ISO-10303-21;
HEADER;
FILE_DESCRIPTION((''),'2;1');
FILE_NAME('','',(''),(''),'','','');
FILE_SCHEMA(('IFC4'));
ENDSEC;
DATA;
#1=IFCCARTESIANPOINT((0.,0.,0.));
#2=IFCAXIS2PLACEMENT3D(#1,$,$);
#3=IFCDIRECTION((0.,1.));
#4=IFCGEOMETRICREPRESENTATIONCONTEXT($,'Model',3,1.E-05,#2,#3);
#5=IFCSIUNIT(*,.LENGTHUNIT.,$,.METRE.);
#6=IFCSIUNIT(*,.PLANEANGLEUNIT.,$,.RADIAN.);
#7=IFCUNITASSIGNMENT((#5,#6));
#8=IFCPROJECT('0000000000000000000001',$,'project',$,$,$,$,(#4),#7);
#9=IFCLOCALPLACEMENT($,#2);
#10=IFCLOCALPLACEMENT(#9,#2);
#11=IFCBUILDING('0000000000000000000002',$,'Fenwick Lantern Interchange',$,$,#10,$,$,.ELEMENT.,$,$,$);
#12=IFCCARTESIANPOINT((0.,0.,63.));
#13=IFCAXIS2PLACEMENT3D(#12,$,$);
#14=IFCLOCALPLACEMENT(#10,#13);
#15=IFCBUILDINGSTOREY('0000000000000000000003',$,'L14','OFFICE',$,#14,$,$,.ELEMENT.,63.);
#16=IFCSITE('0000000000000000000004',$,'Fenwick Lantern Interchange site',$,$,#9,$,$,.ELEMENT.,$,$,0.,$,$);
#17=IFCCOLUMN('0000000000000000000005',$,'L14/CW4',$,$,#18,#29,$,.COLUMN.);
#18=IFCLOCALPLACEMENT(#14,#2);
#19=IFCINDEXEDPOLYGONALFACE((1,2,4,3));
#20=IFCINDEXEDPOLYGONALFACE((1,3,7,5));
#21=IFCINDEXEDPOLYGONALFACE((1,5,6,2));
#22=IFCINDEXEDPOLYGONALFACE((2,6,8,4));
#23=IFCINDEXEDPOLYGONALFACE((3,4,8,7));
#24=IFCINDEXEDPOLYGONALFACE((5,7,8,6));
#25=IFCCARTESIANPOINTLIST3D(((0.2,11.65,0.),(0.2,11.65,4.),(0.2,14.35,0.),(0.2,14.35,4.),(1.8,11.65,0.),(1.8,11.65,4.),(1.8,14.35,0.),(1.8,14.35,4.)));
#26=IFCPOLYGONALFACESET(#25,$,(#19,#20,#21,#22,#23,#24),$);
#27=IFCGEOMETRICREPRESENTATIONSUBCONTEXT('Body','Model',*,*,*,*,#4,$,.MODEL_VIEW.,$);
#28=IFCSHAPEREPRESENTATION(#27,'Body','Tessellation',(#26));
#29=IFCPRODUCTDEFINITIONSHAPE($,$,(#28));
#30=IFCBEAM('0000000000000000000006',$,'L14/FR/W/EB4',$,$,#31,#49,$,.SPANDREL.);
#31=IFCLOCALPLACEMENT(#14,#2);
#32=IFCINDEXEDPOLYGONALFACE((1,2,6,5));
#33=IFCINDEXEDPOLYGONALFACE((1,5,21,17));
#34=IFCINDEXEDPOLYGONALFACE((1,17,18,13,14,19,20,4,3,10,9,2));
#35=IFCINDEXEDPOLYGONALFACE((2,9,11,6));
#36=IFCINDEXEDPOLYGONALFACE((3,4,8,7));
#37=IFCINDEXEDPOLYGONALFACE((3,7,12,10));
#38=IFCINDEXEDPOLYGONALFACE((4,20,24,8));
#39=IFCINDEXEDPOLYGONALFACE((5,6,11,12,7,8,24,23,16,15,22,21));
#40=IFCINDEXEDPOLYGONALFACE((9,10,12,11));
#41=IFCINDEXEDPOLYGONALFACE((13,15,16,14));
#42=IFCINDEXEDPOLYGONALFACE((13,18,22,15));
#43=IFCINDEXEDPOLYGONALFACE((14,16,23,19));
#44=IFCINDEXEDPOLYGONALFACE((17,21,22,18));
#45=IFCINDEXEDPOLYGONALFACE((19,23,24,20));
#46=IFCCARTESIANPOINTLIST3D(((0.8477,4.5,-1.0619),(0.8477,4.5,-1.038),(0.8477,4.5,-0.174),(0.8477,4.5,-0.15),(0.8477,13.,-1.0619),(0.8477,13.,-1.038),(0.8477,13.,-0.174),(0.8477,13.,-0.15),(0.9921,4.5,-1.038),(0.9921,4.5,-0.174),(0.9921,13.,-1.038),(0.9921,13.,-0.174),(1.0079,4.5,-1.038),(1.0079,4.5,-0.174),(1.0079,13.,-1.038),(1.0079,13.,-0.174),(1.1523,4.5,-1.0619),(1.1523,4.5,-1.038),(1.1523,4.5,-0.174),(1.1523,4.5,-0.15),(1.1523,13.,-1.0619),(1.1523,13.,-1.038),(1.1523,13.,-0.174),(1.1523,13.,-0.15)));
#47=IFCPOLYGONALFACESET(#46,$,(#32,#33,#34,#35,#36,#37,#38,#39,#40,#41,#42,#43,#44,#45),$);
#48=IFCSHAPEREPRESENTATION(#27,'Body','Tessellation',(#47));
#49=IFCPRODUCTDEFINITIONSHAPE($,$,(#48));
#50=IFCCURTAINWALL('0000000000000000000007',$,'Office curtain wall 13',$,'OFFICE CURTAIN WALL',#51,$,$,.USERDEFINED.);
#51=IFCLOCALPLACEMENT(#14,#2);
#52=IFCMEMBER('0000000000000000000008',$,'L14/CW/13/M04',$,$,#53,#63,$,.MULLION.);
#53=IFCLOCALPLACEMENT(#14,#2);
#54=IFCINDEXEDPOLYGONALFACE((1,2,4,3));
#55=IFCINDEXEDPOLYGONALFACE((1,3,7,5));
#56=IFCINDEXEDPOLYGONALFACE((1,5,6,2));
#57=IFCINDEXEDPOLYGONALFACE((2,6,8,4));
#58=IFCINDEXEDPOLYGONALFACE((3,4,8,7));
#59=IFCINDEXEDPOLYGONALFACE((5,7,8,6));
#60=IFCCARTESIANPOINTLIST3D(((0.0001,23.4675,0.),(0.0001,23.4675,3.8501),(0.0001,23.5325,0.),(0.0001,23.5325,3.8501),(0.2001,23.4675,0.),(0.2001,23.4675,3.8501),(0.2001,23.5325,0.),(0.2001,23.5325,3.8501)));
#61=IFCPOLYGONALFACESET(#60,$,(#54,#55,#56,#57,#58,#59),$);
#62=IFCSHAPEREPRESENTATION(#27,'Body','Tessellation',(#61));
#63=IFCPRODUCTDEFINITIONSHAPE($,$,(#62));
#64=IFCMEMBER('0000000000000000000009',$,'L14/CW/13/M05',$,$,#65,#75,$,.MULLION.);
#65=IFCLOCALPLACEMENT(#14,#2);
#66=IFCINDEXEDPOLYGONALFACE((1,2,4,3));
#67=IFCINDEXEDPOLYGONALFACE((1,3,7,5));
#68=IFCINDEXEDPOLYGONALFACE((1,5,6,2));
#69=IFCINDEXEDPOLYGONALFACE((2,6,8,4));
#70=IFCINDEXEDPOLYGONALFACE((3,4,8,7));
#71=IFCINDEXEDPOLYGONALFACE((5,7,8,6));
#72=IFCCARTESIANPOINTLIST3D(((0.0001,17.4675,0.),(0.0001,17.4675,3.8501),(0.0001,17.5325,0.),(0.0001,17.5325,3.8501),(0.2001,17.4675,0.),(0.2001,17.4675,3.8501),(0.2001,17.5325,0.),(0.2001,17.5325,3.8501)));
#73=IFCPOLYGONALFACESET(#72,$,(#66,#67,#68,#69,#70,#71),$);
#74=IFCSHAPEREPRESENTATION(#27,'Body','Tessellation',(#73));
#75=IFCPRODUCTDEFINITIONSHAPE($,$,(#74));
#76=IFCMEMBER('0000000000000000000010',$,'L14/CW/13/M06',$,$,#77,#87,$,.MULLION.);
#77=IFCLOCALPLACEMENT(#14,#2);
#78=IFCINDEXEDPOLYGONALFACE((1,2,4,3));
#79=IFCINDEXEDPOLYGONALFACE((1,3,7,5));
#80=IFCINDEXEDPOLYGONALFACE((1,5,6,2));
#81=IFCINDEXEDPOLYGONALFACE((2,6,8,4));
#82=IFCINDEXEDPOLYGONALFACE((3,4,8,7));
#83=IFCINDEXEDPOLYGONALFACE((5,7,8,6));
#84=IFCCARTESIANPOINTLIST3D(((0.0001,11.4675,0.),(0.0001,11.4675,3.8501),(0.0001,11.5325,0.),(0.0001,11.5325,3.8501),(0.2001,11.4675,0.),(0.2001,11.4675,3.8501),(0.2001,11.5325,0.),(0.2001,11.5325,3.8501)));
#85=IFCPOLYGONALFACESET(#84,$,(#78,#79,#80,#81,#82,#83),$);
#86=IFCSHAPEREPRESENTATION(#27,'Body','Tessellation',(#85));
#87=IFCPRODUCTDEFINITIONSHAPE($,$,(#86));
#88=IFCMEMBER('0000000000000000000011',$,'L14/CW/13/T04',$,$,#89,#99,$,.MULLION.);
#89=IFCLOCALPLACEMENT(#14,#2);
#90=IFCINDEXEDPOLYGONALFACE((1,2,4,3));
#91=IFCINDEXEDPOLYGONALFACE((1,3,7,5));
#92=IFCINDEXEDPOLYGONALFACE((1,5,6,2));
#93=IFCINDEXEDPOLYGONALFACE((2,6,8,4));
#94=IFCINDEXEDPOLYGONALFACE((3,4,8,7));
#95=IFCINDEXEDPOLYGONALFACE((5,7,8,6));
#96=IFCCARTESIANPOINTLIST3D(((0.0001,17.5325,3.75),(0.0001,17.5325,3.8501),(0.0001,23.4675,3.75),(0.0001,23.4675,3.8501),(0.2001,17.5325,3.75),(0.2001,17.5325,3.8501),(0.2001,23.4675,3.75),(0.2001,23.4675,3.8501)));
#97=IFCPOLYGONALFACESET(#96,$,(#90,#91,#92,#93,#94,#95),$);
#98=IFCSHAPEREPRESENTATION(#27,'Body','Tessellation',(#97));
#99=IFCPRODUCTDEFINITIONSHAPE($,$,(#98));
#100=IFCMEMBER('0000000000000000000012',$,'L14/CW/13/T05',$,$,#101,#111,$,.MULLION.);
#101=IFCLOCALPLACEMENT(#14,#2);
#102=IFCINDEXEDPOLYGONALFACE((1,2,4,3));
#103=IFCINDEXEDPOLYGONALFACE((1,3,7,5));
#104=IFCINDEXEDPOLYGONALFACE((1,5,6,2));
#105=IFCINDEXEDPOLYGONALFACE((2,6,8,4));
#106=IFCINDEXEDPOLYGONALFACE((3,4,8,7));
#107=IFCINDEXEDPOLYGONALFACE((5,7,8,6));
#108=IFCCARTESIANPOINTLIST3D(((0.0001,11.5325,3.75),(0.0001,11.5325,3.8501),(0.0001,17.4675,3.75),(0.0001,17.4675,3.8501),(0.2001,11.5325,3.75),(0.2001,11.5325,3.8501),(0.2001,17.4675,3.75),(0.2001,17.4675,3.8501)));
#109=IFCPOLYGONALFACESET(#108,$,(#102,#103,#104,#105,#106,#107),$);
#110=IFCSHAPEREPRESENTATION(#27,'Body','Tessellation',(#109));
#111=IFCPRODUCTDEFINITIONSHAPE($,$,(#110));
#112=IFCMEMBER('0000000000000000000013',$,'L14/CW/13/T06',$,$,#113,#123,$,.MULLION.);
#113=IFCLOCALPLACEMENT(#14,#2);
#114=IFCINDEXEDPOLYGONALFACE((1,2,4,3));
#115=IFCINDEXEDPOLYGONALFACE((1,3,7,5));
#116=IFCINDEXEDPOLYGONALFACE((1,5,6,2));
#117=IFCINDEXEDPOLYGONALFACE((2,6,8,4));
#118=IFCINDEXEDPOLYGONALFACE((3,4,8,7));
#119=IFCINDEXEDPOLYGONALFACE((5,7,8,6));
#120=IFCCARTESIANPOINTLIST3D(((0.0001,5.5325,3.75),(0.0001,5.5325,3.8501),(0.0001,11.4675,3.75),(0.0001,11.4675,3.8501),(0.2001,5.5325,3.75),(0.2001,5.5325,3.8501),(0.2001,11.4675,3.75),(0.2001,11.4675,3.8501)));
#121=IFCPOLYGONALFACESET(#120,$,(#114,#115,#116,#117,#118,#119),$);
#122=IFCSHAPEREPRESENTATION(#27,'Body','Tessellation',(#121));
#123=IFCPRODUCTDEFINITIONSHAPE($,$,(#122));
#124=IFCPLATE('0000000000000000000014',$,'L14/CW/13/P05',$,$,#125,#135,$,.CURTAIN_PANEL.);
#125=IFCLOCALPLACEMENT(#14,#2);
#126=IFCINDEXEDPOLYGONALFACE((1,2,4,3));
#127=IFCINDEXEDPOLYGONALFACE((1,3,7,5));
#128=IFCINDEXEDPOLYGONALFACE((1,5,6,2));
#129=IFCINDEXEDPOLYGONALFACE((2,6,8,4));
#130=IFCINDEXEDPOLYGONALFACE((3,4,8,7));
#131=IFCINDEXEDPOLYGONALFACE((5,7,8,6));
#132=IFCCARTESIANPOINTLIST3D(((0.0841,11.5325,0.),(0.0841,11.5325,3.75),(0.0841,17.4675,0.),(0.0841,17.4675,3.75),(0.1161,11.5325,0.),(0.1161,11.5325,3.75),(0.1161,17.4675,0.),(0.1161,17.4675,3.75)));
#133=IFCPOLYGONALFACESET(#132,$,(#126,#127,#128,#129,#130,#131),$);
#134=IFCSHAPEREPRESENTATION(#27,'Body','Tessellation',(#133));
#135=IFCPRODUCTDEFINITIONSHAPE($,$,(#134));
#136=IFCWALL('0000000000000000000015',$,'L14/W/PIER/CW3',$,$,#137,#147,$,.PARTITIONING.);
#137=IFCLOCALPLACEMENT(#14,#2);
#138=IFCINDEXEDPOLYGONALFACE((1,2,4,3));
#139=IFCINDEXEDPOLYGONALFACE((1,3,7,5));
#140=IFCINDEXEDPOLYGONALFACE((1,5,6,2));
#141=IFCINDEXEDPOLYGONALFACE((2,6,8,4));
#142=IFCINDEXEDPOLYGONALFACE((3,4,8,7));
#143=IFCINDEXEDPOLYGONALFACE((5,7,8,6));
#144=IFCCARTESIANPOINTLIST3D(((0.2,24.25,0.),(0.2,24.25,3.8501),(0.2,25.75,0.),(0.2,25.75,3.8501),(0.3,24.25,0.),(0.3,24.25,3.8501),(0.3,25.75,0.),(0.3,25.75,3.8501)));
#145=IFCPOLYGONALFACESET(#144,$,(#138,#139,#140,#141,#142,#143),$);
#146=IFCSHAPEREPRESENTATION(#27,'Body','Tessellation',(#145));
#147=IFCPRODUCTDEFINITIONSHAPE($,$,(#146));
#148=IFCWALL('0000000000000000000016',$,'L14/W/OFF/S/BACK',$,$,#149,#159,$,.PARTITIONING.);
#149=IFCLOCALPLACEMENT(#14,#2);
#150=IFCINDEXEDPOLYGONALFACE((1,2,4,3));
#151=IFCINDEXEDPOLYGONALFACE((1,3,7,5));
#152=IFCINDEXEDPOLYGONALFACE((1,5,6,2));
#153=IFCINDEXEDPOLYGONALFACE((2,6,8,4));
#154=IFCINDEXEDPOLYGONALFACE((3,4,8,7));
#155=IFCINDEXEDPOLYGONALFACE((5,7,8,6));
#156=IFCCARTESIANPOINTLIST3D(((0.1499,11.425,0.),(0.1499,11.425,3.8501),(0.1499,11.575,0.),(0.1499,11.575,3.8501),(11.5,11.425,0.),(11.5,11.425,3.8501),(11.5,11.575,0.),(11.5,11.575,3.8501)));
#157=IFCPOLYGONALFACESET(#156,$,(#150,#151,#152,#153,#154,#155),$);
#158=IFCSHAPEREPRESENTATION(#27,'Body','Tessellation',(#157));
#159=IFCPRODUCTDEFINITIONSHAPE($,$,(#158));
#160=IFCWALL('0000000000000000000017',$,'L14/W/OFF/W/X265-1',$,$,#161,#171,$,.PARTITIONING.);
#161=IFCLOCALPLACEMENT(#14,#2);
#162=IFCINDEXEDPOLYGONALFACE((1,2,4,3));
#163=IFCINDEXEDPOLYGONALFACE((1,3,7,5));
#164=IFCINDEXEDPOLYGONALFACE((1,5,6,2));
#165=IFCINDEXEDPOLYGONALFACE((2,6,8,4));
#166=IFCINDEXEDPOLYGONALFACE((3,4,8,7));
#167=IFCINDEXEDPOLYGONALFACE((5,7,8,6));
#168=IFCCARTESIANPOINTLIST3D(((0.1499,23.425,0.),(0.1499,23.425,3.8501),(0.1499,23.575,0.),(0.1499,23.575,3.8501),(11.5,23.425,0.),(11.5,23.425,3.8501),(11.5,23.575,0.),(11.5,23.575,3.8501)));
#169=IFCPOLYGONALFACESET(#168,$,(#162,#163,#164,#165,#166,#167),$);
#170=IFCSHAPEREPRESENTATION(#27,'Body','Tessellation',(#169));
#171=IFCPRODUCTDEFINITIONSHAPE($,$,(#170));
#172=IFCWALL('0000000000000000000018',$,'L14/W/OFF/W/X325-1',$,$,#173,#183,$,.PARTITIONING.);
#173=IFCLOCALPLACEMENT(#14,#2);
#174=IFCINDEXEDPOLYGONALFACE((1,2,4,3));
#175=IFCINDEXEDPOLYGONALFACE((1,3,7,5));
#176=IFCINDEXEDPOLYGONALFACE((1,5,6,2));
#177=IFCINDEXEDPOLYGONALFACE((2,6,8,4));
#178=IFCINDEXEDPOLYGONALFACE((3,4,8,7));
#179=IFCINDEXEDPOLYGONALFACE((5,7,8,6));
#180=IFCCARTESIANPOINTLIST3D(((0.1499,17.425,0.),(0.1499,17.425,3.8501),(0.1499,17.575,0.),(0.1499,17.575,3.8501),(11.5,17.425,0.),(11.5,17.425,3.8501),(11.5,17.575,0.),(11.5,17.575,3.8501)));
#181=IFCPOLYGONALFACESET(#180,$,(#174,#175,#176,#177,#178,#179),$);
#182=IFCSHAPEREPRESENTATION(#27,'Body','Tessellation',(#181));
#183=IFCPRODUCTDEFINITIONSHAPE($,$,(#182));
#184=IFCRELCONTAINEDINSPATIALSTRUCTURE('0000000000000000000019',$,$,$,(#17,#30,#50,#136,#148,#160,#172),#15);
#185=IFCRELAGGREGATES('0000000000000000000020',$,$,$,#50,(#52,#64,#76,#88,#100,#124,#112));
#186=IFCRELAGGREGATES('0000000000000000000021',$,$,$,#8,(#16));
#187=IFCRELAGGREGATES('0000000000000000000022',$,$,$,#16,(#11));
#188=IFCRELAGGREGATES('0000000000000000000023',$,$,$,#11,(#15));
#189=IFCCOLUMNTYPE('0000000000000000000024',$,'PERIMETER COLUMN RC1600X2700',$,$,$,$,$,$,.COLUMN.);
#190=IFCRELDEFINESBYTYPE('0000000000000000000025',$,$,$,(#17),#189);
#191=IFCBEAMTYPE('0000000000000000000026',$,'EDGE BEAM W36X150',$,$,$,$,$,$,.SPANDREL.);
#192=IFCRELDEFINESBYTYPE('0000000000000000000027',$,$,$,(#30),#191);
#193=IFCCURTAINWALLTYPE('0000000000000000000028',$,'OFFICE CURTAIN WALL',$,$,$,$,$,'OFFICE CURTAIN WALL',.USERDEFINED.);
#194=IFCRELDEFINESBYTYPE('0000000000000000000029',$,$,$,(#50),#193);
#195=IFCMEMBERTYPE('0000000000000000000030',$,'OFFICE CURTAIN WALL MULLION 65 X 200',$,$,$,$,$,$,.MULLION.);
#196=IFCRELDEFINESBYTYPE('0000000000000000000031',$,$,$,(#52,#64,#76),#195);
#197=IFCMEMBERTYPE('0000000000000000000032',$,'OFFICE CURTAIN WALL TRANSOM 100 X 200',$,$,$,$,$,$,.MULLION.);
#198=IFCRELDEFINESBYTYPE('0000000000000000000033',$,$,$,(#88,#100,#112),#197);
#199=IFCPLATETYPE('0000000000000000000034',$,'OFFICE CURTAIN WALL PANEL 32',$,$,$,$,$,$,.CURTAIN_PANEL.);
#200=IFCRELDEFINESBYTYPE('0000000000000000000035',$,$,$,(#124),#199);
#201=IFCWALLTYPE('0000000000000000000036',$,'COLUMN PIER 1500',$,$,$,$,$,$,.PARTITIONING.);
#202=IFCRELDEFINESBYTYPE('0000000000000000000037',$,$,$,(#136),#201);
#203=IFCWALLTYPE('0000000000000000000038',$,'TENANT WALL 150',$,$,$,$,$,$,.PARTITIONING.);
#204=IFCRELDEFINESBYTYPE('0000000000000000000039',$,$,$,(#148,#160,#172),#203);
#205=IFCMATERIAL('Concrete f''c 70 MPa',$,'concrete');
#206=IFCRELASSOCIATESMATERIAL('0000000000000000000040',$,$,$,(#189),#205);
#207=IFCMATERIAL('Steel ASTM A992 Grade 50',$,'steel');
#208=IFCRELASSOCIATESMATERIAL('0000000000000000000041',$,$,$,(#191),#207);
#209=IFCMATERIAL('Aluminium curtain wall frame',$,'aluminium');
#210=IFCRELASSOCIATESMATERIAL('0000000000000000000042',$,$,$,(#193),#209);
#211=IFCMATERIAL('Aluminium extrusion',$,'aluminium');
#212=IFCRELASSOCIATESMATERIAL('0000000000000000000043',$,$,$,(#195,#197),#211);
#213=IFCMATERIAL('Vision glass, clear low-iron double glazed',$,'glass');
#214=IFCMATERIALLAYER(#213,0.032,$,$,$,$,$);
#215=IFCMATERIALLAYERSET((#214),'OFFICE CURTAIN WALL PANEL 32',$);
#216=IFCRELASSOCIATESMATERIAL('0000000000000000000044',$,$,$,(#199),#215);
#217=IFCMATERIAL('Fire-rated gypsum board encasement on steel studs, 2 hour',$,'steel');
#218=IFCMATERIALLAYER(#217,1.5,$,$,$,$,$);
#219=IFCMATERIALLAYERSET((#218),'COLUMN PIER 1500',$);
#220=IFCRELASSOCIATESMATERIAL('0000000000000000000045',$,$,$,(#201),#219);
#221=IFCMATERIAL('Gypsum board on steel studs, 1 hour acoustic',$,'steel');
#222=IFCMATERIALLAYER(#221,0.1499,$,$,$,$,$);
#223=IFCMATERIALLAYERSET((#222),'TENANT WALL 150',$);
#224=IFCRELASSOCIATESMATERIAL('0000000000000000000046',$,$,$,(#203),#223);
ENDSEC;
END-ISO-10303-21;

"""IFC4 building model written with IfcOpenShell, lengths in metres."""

from ifc_helpers import new_model, si_unit, direction, frame, frame_2d, origin, origin_2d, place, context, subcontext, project, spatial, rectangle, i_section, extrude, material, layer, layer_set, material_profile, profile_set, type_object, element, aggregate, save


model = new_model("IFC4")

# Units and contexts
model_context = context("Model", 3, precision=1e-05, world=origin(), true_north=direction((0.0, 1.0)))
body_context = subcontext(model_context, "Body", "Model", "MODEL_VIEW")
ifc_project = project(units=[si_unit("LENGTHUNIT", "METRE"), si_unit("PLANEANGLEUNIT", "RADIAN")], contexts=[model_context])

# Site, building, storey
site_placement = place(None, origin())
site = spatial("IfcSite", under=ifc_project, at=site_placement, Name="Fenwick Lantern Interchange site", CompositionType="ELEMENT", RefElevation=0.0)
building_placement = place(site_placement, origin())
building = spatial("IfcBuilding", under=site, at=building_placement, Name="Fenwick Lantern Interchange", CompositionType="ELEMENT")
storey_placement = place(building_placement, frame((0.0, 0.0, 63.0)))
storey = spatial("IfcBuildingStorey", under=building, at=storey_placement, Name="L14", Description="OFFICE", CompositionType="ELEMENT", Elevation=63.0)

# Column
ifc_material_1 = material(Name="Concrete f'c 70 MPa", Category="concrete")
ifc_material_profile_1 = material_profile(ifc_material_1, rectangle(XDim=1.6001, YDim=2.7, at=origin_2d()), Name="RC1600X2700")
ifc_profile_set_1 = profile_set([ifc_material_profile_1], Name="Concrete f'c 70 MPa")
column_type = type_object("IfcColumnType", Name="PERIMETER COLUMN RC1600X2700", PredefinedType="COLUMN", material=ifc_profile_set_1)
column_placement = place(storey_placement, frame((1.0, 13.0, 0.0), z_axis=(0.0, 0.0, 1.0), x_axis=(1.0, 0.0, 0.0)))
element("IfcColumn", 1, at=column_placement, inside=storey, type_object=column_type, Name="L14/CW4", PredefinedType="COLUMN", context=body_context, shape_type="SweptSolid", body=[
    extrude(rectangle(XDim=1.6001, YDim=2.7, at=origin_2d()), origin(), (0.0, 0.0, 1.0), 4.0),
])

# Beam
ifc_material_2 = material(Name="Steel ASTM A992 Grade 50", Category="steel")
ifc_material_profile_2 = material_profile(ifc_material_2, i_section(OverallWidth=0.3047, OverallDepth=0.9119, WebThickness=0.0159, FlangeThickness=0.0239, at=origin_2d()), Name="W36X150")
ifc_profile_set_2 = profile_set([ifc_material_profile_2], Name="Steel ASTM A992 Grade 50")
beam_type = type_object("IfcBeamType", Name="EDGE BEAM W36X150", PredefinedType="SPANDREL", material=ifc_profile_set_2)
beam_placement = place(storey_placement, frame((1.0, 13.0, -0.606), z_axis=(0.0, -1.0, 0.0), x_axis=(1.0, 0.0, 0.0)))
element("IfcBeam", 2, at=beam_placement, inside=storey, type_object=beam_type, Name="L14/FR/W/EB4", PredefinedType="SPANDREL", context=body_context, shape_type="SweptSolid", body=[
    extrude(i_section(OverallWidth=0.3047, OverallDepth=0.9119, WebThickness=0.0159, FlangeThickness=0.0239, at=origin_2d()), origin(), (0.0, 0.0, 1.0), 8.5),
])

# Curtain wall, members, plate
ifc_material_3 = material(Name="Aluminium curtain wall frame", Category="aluminium")
curtain_wall_type = type_object("IfcCurtainWallType", Name="OFFICE CURTAIN WALL", ElementType="OFFICE CURTAIN WALL", PredefinedType="USERDEFINED", material=ifc_material_3)
curtain_wall_placement = place(storey_placement, origin())
curtain_wall = element("IfcCurtainWall", 3, at=curtain_wall_placement, inside=storey, type_object=curtain_wall_type, Name="Office curtain wall 13", ObjectType="OFFICE CURTAIN WALL", PredefinedType="USERDEFINED")
ifc_material_4 = material(Name="Aluminium extrusion", Category="aluminium")
ifc_material_profile_3 = material_profile(ifc_material_4, rectangle(XDim=0.2, YDim=0.0649, at=origin_2d()), Name="OFFICE CURTAIN WALL MULLION 65 X 200")
ifc_profile_set_3 = profile_set([ifc_material_profile_3], Name="Aluminium extrusion")
member_type_1 = type_object("IfcMemberType", Name="OFFICE CURTAIN WALL MULLION 65 X 200", PredefinedType="MULLION", material=ifc_profile_set_3)
member_1_placement = place(storey_placement, frame((0.1001, 23.5, 0.0), z_axis=(0.0, 0.0, 1.0), x_axis=(1.0, 0.0, 0.0)))
member_1 = element("IfcMember", 4, at=member_1_placement, type_object=member_type_1, Name="L14/CW/13/M04", PredefinedType="MULLION", context=body_context, shape_type="SweptSolid", body=[
    extrude(rectangle(XDim=0.2, YDim=0.0649, at=origin_2d()), origin(), (0.0, 0.0, 1.0), 3.8501),
])
member_2_placement = place(storey_placement, frame((0.1001, 17.5, 0.0), z_axis=(0.0, 0.0, 1.0), x_axis=(1.0, 0.0, 0.0)))
member_2 = element("IfcMember", 5, at=member_2_placement, type_object=member_type_1, Name="L14/CW/13/M05", PredefinedType="MULLION", context=body_context, shape_type="SweptSolid", body=[
    extrude(rectangle(XDim=0.2, YDim=0.0649, at=origin_2d()), origin(), (0.0, 0.0, 1.0), 3.8501),
])
member_3_placement = place(storey_placement, frame((0.1001, 11.5, 0.0), z_axis=(0.0, 0.0, 1.0), x_axis=(1.0, 0.0, 0.0)))
member_3 = element("IfcMember", 6, at=member_3_placement, type_object=member_type_1, Name="L14/CW/13/M06", PredefinedType="MULLION", context=body_context, shape_type="SweptSolid", body=[
    extrude(rectangle(XDim=0.2, YDim=0.0649, at=origin_2d()), origin(), (0.0, 0.0, 1.0), 3.8501),
])
ifc_material_profile_4 = material_profile(ifc_material_4, rectangle(XDim=0.2, YDim=0.1001, at=origin_2d()), Name="OFFICE CURTAIN WALL TRANSOM 100 X 200")
ifc_profile_set_4 = profile_set([ifc_material_profile_4], Name="Aluminium extrusion")
member_type_2 = type_object("IfcMemberType", Name="OFFICE CURTAIN WALL TRANSOM 100 X 200", PredefinedType="MULLION", material=ifc_profile_set_4)
member_4_placement = place(storey_placement, frame((0.1001, 23.4675, 3.8), z_axis=(0.0, -1.0, 0.0), x_axis=(1.0, 0.0, 0.0)))
member_4 = element("IfcMember", 7, at=member_4_placement, type_object=member_type_2, Name="L14/CW/13/T04", PredefinedType="MULLION", context=body_context, shape_type="SweptSolid", body=[
    extrude(rectangle(XDim=0.2, YDim=0.1001, at=origin_2d()), origin(), (0.0, 0.0, 1.0), 5.9351),
])
member_5_placement = place(storey_placement, frame((0.1001, 17.4675, 3.8), z_axis=(0.0, -1.0, 0.0), x_axis=(1.0, 0.0, 0.0)))
member_5 = element("IfcMember", 8, at=member_5_placement, type_object=member_type_2, Name="L14/CW/13/T05", PredefinedType="MULLION", context=body_context, shape_type="SweptSolid", body=[
    extrude(rectangle(XDim=0.2, YDim=0.1001, at=origin_2d()), origin(), (0.0, 0.0, 1.0), 5.9351),
])
member_6_placement = place(storey_placement, frame((0.1001, 11.4675, 3.8), z_axis=(0.0, -1.0, 0.0), x_axis=(1.0, 0.0, 0.0)))
member_6 = element("IfcMember", 9, at=member_6_placement, type_object=member_type_2, Name="L14/CW/13/T06", PredefinedType="MULLION", context=body_context, shape_type="SweptSolid", body=[
    extrude(rectangle(XDim=0.2, YDim=0.1001, at=origin_2d()), origin(), (0.0, 0.0, 1.0), 5.9351),
])
ifc_material_5 = material(Name="Vision glass, clear low-iron double glazed", Category="glass")
ifc_layer_1 = layer(ifc_material_5, 0.032)
ifc_layer_set_1 = layer_set([ifc_layer_1], Name="OFFICE CURTAIN WALL PANEL 32")
plate_type = type_object("IfcPlateType", Name="OFFICE CURTAIN WALL PANEL 32", PredefinedType="CURTAIN_PANEL", material=ifc_layer_set_1)
plate_placement = place(storey_placement, frame((0.1001, 14.5, 0.0), z_axis=(0.0, 0.0, 1.0), x_axis=(0.0, -1.0, 0.0)))
plate = element("IfcPlate", 10, at=plate_placement, type_object=plate_type, Name="L14/CW/13/P05", PredefinedType="CURTAIN_PANEL", context=body_context, shape_type="SweptSolid", body=[
    extrude(rectangle(XDim=5.9351, YDim=0.032, at=origin_2d()), origin(), (0.0, 0.0, 1.0), 3.75),
])
aggregate(curtain_wall, [member_1, member_2, member_3, member_4, member_5, plate, member_6])

# Walls
ifc_material_6 = material(Name="Fire-rated gypsum board encasement on steel studs, 2 hour", Category="steel")
ifc_layer_2 = layer(ifc_material_6, 1.5)
ifc_layer_set_2 = layer_set([ifc_layer_2], Name="COLUMN PIER 1500")
wall_type_1 = type_object("IfcWallType", Name="COLUMN PIER 1500", PredefinedType="PARTITIONING", material=ifc_layer_set_2)
wall_placement = place(storey_placement, frame((0.2, 25.0, 0.0), z_axis=(0.0, 0.0, 1.0), x_axis=(1.0, 0.0, 0.0)))
element("IfcWall", 11, at=wall_placement, inside=storey, type_object=wall_type_1, Name="L14/W/PIER/CW3", PredefinedType="PARTITIONING", context=body_context, shape_type="SweptSolid", body=[
    extrude(rectangle(XDim=0.1001, YDim=1.5, at=frame_2d((0.05, 0.0))), origin(), (0.0, 0.0, 1.0), 3.8501),
])
ifc_material_7 = material(Name="Gypsum board on steel studs, 1 hour acoustic", Category="steel")
ifc_layer_3 = layer(ifc_material_7, 0.1499)
ifc_layer_set_3 = layer_set([ifc_layer_3], Name="TENANT WALL 150")
wall_type_2 = type_object("IfcWallType", Name="TENANT WALL 150", PredefinedType="PARTITIONING", material=ifc_layer_set_3)
for number, where, z_axis, x_axis, name in (
    (12, (0.1499, 11.5, 0.0), (0.0, 0.0, 1.0), (1.0, 0.0, 0.0), "L14/W/OFF/S/BACK"),
    (13, (0.1499, 23.5, 0.0), (0.0, 0.0, 1.0), (1.0, 0.0, 0.0), "L14/W/OFF/W/X265-1"),
    (14, (0.1499, 17.5, 0.0), (0.0, 0.0, 1.0), (1.0, 0.0, 0.0), "L14/W/OFF/W/X325-1"),
):
    element("IfcWall", number, at=place(storey_placement, frame(where, z_axis=z_axis, x_axis=x_axis)), inside=storey, type_object=wall_type_2, Name=name, PredefinedType="PARTITIONING", context=body_context, shape_type="SweptSolid", body=[
        extrude(rectangle(XDim=11.3501, YDim=0.1499, at=frame_2d((5.675, 0.0))), origin(), (0.0, 0.0, 1.0), 3.8501),
    ])

save(model, "model.ifc")
